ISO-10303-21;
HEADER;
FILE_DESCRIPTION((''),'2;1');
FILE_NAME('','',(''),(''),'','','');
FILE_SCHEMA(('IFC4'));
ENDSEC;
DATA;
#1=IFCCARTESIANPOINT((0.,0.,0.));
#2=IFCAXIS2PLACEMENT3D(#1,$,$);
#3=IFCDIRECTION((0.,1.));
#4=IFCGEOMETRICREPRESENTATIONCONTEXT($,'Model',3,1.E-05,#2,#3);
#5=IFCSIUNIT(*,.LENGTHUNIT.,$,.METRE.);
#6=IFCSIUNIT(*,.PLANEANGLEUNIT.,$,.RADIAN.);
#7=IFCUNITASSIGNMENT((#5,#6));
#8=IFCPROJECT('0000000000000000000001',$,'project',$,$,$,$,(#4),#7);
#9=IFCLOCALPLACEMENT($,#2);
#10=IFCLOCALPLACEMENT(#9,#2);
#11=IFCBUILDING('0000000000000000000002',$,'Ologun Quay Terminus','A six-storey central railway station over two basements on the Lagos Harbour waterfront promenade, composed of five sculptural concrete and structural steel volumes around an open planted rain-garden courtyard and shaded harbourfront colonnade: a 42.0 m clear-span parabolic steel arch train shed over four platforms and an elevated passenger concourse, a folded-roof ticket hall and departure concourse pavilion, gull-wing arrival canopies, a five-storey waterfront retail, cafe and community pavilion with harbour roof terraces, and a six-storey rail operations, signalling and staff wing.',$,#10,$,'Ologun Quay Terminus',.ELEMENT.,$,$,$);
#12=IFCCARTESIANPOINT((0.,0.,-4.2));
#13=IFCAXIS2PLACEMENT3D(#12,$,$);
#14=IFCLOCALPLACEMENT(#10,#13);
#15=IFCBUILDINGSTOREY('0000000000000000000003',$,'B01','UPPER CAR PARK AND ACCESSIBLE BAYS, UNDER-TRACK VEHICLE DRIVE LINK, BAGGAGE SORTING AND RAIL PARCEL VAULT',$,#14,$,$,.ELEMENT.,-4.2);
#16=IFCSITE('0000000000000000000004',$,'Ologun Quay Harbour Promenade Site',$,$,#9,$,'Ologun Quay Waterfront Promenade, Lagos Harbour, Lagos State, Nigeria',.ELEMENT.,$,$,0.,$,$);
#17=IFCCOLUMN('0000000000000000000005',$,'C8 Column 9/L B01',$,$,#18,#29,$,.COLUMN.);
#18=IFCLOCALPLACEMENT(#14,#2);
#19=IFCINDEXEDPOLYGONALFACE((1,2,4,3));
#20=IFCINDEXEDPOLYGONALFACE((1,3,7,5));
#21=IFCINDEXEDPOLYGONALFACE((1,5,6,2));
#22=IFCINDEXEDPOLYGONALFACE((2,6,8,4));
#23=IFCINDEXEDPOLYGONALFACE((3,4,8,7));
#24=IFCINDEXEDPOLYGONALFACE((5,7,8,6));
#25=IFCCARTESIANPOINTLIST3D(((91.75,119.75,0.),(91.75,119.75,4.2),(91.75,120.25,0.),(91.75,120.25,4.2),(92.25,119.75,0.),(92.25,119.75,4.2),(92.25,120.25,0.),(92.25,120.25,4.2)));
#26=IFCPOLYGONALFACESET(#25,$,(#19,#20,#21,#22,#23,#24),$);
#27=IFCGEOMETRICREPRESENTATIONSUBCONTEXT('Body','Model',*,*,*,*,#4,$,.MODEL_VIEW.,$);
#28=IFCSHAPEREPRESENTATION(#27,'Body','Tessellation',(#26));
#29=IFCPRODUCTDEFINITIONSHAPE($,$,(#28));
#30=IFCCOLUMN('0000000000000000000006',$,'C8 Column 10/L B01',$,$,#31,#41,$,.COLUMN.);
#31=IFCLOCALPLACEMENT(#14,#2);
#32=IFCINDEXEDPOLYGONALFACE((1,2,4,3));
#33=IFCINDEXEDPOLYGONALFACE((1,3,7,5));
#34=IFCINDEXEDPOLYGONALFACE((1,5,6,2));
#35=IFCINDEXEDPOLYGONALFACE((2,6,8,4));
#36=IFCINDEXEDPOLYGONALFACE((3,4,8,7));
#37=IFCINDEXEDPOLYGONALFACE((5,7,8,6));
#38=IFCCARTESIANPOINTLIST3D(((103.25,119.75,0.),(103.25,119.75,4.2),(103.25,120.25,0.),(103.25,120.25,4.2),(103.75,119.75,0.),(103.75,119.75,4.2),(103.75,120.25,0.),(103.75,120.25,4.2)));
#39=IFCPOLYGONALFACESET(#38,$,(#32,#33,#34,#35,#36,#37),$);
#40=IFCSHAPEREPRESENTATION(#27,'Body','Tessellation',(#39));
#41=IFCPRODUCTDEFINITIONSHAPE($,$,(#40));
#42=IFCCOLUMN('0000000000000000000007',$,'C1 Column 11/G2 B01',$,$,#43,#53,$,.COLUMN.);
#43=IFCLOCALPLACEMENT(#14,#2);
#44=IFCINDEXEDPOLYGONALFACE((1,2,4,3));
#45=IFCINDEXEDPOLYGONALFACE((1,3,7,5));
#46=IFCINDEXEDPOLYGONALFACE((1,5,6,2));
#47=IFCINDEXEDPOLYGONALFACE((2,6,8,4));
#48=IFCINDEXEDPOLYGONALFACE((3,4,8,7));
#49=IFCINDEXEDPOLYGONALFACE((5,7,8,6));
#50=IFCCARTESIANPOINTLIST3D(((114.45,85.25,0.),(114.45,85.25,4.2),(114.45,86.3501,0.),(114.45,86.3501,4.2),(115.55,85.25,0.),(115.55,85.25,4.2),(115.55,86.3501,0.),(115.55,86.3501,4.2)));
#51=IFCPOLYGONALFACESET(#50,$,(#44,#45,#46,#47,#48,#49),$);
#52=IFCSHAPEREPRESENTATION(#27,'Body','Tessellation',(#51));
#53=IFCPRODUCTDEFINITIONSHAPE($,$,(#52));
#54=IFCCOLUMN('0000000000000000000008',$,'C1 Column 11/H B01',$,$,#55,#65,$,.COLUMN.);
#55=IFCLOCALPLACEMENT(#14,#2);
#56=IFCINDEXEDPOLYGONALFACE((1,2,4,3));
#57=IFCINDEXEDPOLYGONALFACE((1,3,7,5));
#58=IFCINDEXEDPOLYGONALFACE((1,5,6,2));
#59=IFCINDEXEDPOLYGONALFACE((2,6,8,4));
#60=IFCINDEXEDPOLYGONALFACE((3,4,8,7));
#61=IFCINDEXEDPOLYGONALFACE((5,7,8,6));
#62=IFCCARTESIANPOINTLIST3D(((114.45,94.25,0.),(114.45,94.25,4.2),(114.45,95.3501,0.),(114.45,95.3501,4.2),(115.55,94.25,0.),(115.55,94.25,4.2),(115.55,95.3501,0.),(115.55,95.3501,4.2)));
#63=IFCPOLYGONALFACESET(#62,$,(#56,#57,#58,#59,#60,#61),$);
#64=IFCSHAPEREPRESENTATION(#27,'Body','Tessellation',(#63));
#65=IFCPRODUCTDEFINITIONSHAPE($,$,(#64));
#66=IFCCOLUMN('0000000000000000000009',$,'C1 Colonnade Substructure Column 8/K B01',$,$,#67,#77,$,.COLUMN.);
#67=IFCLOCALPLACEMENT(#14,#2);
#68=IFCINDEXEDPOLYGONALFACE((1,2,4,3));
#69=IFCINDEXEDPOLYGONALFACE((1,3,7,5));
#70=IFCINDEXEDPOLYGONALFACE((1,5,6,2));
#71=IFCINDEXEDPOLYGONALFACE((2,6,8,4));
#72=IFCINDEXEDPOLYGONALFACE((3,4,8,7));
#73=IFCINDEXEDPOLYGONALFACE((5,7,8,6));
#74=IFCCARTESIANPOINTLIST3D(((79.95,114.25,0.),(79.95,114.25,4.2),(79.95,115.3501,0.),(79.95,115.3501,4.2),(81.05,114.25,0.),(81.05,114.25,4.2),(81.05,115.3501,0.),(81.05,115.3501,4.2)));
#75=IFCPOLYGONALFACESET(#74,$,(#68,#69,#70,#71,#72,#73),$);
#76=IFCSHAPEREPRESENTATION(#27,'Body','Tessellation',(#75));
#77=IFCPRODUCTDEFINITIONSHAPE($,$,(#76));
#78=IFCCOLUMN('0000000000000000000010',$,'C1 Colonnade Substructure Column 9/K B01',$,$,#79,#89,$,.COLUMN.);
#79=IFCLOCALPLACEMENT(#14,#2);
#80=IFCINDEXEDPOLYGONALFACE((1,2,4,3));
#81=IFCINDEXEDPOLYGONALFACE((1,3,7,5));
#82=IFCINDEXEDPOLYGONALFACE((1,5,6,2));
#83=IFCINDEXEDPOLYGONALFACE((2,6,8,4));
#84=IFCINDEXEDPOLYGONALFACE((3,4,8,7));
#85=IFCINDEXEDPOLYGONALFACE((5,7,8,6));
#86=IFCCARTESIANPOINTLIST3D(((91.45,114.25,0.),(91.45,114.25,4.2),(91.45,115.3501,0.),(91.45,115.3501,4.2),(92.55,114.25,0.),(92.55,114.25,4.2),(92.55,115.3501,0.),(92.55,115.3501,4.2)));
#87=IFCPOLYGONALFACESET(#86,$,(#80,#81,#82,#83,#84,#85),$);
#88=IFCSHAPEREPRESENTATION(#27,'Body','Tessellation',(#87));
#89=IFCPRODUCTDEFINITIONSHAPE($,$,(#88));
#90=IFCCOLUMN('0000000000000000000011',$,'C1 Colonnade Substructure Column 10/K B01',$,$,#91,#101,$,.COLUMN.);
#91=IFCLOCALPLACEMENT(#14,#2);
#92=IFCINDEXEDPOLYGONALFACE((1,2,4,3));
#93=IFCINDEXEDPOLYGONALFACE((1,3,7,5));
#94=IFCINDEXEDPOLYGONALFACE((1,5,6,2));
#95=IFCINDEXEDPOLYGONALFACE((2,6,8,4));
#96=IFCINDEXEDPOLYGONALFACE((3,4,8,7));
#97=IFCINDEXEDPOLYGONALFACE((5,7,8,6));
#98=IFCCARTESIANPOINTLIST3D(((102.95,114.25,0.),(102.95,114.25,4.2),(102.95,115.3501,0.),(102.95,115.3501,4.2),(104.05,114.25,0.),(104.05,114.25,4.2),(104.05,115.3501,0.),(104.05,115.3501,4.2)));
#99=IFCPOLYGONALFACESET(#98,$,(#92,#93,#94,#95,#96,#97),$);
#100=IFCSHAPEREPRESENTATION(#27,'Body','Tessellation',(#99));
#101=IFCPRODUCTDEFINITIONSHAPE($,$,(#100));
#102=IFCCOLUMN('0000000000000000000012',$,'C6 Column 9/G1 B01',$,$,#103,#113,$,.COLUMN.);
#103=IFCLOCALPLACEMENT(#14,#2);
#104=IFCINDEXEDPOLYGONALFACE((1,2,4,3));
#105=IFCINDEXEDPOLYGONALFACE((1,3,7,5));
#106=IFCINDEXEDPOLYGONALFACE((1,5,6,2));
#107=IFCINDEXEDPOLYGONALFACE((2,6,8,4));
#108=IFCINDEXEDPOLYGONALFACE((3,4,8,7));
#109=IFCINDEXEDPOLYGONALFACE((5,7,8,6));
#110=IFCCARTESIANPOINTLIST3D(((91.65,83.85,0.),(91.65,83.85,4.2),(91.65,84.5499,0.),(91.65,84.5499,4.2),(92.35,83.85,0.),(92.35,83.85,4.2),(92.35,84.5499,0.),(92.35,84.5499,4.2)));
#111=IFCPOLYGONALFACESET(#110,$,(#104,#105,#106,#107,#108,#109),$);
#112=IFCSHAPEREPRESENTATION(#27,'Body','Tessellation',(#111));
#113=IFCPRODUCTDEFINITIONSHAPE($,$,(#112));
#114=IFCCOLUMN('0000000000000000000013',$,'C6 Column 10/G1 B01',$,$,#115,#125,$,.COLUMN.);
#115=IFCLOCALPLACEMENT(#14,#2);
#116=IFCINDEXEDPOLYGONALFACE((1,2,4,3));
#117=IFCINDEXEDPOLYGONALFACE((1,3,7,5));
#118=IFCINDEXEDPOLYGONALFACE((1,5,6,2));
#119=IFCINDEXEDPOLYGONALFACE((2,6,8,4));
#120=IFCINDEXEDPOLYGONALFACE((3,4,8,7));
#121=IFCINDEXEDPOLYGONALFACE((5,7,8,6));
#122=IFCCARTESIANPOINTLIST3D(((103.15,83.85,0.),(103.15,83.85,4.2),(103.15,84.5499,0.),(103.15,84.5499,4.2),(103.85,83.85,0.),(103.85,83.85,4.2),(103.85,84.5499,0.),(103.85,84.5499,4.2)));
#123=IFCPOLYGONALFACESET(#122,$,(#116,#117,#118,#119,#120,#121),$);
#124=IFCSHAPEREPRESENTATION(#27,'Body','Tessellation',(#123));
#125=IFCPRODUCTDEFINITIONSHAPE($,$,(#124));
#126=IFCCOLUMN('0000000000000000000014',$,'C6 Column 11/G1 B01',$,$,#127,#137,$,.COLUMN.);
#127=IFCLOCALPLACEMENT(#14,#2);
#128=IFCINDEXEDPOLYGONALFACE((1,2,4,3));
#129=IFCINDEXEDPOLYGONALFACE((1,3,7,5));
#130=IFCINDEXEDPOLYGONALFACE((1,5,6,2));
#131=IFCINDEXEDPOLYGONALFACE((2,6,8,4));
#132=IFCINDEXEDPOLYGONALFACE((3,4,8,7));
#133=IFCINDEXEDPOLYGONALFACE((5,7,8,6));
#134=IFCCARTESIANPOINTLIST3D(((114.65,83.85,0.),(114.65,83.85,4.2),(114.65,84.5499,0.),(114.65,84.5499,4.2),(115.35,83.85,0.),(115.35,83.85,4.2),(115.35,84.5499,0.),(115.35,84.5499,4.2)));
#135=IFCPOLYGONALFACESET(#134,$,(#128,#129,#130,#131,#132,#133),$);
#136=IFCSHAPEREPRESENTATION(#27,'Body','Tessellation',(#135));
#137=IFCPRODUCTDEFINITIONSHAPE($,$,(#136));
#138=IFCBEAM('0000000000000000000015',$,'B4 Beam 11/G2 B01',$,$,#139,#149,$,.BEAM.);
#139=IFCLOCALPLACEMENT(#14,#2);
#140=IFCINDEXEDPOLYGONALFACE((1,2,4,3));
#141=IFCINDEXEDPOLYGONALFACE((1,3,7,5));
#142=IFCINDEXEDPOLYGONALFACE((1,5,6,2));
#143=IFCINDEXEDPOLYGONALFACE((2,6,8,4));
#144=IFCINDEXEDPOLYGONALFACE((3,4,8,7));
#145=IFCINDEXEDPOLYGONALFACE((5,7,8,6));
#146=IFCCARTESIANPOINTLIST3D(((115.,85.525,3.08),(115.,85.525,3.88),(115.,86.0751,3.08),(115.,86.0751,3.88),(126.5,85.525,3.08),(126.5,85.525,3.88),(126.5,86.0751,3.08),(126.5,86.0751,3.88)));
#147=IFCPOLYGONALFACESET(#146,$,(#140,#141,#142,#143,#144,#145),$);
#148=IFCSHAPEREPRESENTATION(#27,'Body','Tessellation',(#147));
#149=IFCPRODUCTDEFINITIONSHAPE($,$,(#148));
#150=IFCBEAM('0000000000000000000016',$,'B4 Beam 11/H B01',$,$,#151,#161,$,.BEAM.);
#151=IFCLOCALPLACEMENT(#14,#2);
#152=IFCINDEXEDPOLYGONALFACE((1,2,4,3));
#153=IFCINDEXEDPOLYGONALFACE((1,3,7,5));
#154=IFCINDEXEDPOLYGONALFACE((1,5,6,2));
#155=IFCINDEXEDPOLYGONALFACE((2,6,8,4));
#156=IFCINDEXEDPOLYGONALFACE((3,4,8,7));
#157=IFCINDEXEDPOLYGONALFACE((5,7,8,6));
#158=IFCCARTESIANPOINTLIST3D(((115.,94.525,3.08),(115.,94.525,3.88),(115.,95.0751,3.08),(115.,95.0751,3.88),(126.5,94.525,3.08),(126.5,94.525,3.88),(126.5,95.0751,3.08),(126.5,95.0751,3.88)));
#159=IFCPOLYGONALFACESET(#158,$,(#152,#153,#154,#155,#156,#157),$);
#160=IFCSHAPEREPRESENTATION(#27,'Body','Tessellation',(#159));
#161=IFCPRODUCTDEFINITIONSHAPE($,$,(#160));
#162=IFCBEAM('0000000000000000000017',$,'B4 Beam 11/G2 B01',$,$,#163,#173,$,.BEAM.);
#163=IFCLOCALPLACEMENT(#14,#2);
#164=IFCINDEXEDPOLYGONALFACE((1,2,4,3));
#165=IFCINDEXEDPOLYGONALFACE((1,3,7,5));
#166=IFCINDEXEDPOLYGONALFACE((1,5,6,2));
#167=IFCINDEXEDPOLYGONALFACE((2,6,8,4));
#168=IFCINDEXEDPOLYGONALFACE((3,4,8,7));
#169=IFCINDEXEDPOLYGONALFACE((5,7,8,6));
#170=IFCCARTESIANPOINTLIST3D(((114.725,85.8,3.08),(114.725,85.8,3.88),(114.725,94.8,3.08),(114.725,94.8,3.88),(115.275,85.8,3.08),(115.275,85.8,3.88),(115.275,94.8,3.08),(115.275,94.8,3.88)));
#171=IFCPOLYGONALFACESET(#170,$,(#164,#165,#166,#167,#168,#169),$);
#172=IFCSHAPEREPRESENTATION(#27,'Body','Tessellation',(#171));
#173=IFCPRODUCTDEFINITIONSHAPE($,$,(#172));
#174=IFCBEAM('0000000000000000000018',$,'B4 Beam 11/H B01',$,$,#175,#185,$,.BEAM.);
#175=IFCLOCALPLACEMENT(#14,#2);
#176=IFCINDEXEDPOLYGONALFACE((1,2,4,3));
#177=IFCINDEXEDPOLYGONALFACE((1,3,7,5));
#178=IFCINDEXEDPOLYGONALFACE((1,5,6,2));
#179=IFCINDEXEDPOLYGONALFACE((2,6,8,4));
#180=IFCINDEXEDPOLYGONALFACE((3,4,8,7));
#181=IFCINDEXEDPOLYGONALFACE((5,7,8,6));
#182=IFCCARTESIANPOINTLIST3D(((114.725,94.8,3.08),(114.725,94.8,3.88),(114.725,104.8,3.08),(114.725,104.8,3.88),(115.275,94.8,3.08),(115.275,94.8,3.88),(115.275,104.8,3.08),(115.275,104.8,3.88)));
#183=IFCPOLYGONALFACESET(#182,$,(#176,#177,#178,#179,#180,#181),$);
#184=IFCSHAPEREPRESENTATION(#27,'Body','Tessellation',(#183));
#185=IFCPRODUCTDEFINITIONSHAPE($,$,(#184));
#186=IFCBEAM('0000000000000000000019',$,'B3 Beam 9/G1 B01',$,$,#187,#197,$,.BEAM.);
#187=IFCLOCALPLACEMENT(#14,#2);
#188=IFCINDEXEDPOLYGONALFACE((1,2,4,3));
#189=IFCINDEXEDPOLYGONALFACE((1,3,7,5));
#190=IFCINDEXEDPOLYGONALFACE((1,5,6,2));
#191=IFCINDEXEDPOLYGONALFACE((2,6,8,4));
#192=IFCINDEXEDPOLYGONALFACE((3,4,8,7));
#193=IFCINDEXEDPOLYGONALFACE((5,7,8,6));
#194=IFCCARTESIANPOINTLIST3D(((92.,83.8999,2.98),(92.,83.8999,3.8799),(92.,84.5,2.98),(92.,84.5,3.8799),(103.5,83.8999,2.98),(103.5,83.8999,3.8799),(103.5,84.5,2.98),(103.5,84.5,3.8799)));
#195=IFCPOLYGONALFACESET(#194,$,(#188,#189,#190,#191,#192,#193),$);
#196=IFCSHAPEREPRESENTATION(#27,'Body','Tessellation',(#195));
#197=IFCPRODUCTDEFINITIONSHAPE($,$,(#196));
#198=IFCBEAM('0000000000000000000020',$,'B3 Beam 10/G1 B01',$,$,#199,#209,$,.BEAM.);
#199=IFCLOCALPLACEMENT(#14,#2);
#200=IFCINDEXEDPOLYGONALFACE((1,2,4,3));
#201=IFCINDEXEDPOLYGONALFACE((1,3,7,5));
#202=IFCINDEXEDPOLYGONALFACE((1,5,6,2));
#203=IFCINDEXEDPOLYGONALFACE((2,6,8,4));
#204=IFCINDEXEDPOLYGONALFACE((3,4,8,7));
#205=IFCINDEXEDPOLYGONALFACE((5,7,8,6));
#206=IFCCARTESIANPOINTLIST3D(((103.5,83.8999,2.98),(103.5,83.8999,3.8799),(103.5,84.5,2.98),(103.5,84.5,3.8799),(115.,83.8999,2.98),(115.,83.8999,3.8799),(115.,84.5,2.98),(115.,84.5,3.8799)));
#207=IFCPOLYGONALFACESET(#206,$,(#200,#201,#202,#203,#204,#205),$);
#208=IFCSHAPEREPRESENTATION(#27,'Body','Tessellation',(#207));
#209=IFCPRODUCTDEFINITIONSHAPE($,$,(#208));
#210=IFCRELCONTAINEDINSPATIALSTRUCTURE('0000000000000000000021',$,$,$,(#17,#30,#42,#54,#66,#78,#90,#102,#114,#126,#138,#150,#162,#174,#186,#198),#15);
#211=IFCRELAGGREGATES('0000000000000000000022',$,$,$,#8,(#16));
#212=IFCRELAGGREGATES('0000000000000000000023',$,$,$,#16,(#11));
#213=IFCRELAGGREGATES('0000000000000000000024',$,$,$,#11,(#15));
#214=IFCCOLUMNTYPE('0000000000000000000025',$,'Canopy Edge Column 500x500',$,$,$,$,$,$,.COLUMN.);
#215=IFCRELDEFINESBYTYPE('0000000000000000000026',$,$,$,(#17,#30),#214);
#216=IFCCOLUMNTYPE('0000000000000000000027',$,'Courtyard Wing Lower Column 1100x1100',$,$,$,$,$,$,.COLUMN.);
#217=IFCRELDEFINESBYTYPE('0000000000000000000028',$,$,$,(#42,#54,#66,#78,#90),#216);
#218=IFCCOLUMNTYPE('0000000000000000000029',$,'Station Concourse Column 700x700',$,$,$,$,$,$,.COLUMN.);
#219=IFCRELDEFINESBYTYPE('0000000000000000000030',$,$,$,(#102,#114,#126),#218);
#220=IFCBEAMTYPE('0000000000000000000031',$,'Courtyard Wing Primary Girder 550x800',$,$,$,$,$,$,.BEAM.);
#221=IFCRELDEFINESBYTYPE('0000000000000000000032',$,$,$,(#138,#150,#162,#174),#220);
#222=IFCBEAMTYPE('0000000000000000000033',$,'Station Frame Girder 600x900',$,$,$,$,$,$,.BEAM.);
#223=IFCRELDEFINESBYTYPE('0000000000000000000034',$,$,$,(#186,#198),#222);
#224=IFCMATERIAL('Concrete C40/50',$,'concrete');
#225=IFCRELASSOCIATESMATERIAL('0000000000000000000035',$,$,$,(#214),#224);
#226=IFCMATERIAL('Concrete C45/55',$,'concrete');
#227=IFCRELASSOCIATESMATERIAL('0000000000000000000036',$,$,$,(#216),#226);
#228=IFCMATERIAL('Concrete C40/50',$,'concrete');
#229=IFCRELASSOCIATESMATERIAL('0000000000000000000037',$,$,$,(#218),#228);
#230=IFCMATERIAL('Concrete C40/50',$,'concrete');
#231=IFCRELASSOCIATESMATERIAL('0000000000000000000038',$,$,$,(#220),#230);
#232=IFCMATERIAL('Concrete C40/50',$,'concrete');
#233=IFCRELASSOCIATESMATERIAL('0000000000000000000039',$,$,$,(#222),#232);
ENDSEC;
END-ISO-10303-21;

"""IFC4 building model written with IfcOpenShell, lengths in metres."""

from ifc_helpers import new_model, si_unit, direction, frame, origin, origin_2d, place, context, subcontext, project, spatial, rectangle, extrude, material, material_profile, profile_set, type_object, element, save


model = new_model("IFC4")

# Units and contexts
model_context = context("Model", 3, precision=1e-05, world=origin(), true_north=direction((0.0, 1.0)))
body_context = subcontext(model_context, "Body", "Model", "MODEL_VIEW")
ifc_project = project(units=[si_unit("LENGTHUNIT", "METRE"), si_unit("PLANEANGLEUNIT", "RADIAN")], contexts=[model_context])

# Site, building, storey
site_placement = place(None, origin())
site = spatial("IfcSite", under=ifc_project, at=site_placement, Name="Ologun Quay Harbour Promenade Site", LongName="Ologun Quay Waterfront Promenade, Lagos Harbour, Lagos State, Nigeria", CompositionType="ELEMENT", RefElevation=0.0)
building_placement = place(site_placement, origin())
building = spatial("IfcBuilding", under=site, at=building_placement, Name="Ologun Quay Terminus", Description="A six-storey central railway station over two basements on the Lagos Harbour waterfront promenade, composed of five sculptural concrete and structural steel volumes around an open planted rain-garden courtyard and shaded harbourfront colonnade: a 42.0 m clear-span parabolic steel arch train shed over four platforms and an elevated passenger concourse, a folded-roof ticket hall and departure concourse pavilion, gull-wing arrival canopies, a five-storey waterfront retail, cafe and community pavilion with harbour roof terraces, and a six-storey rail operations, signalling and staff wing.", LongName="Ologun Quay Terminus", CompositionType="ELEMENT")
storey_placement = place(building_placement, frame((0.0, 0.0, -4.2)))
storey = spatial("IfcBuildingStorey", under=building, at=storey_placement, Name="B01", Description="UPPER CAR PARK AND ACCESSIBLE BAYS, UNDER-TRACK VEHICLE DRIVE LINK, BAGGAGE SORTING AND RAIL PARCEL VAULT", CompositionType="ELEMENT", Elevation=-4.2)

# Columns
ifc_material_1 = material(Name="Concrete C40/50", Category="concrete")
ifc_material_profile_1 = material_profile(ifc_material_1, rectangle(XDim=0.5, YDim=0.5, at=origin_2d()), Name="RC 500x500")
ifc_profile_set_1 = profile_set([ifc_material_profile_1], Name="Concrete C40/50")
column_type_1 = type_object("IfcColumnType", Name="Canopy Edge Column 500x500", PredefinedType="COLUMN", material=ifc_profile_set_1)
for number, where, z_axis, x_axis, name in (
    (1, (92.0, 120.0, 0.0), (0.0, 0.0, 1.0), (1.0, 0.0, 0.0), "C8 Column 9/L B01"),
    (2, (103.5, 120.0, 0.0), (0.0, 0.0, 1.0), (1.0, 0.0, 0.0), "C8 Column 10/L B01"),
):
    element("IfcColumn", number, at=place(storey_placement, frame(where, z_axis=z_axis, x_axis=x_axis)), inside=storey, type_object=column_type_1, Name=name, PredefinedType="COLUMN", context=body_context, shape_type="SweptSolid", body=[
        extrude(rectangle(XDim=0.5, YDim=0.5, at=origin_2d()), origin(), (0.0, 0.0, 1.0), 4.2),
    ])
ifc_material_2 = material(Name="Concrete C45/55", Category="concrete")
ifc_material_profile_2 = material_profile(ifc_material_2, rectangle(XDim=1.1001, YDim=1.1001, at=origin_2d()), Name="RC 1100x1100")
ifc_profile_set_2 = profile_set([ifc_material_profile_2], Name="Concrete C45/55")
column_type_2 = type_object("IfcColumnType", Name="Courtyard Wing Lower Column 1100x1100", PredefinedType="COLUMN", material=ifc_profile_set_2)
for number, where, z_axis, x_axis, name in (
    (3, (115.0, 85.8, 0.0), (0.0, 0.0, 1.0), (1.0, 0.0, 0.0), "C1 Column 11/G2 B01"),
    (4, (115.0, 94.8, 0.0), (0.0, 0.0, 1.0), (1.0, 0.0, 0.0), "C1 Column 11/H B01"),
    (5, (80.5, 114.8, 0.0), (0.0, 0.0, 1.0), (1.0, 0.0, 0.0), "C1 Colonnade Substructure Column 8/K B01"),
    (6, (92.0, 114.8, 0.0), (0.0, 0.0, 1.0), (1.0, 0.0, 0.0), "C1 Colonnade Substructure Column 9/K B01"),
    (7, (103.5, 114.8, 0.0), (0.0, 0.0, 1.0), (1.0, 0.0, 0.0), "C1 Colonnade Substructure Column 10/K B01"),
):
    element("IfcColumn", number, at=place(storey_placement, frame(where, z_axis=z_axis, x_axis=x_axis)), inside=storey, type_object=column_type_2, Name=name, PredefinedType="COLUMN", context=body_context, shape_type="SweptSolid", body=[
        extrude(rectangle(XDim=1.1001, YDim=1.1001, at=origin_2d()), origin(), (0.0, 0.0, 1.0), 4.2),
    ])
ifc_material_3 = material(Name="Concrete C40/50", Category="concrete")
ifc_material_profile_3 = material_profile(ifc_material_3, rectangle(XDim=0.7, YDim=0.7, at=origin_2d()), Name="RC 700x700")
ifc_profile_set_3 = profile_set([ifc_material_profile_3], Name="Concrete C40/50")
column_type_3 = type_object("IfcColumnType", Name="Station Concourse Column 700x700", PredefinedType="COLUMN", material=ifc_profile_set_3)
for number, where, z_axis, x_axis, name in (
    (8, (92.0, 84.2, 0.0), (0.0, 0.0, 1.0), (1.0, 0.0, 0.0), "C6 Column 9/G1 B01"),
    (9, (103.5, 84.2, 0.0), (0.0, 0.0, 1.0), (1.0, 0.0, 0.0), "C6 Column 10/G1 B01"),
    (10, (115.0, 84.2, 0.0), (0.0, 0.0, 1.0), (1.0, 0.0, 0.0), "C6 Column 11/G1 B01"),
):
    element("IfcColumn", number, at=place(storey_placement, frame(where, z_axis=z_axis, x_axis=x_axis)), inside=storey, type_object=column_type_3, Name=name, PredefinedType="COLUMN", context=body_context, shape_type="SweptSolid", body=[
        extrude(rectangle(XDim=0.7, YDim=0.7, at=origin_2d()), origin(), (0.0, 0.0, 1.0), 4.2),
    ])

# Beams
ifc_material_4 = material(Name="Concrete C40/50", Category="concrete")
ifc_material_profile_4 = material_profile(ifc_material_4, rectangle(XDim=0.55, YDim=0.8, at=origin_2d()), Name="RC 550x800")
ifc_profile_set_4 = profile_set([ifc_material_profile_4], Name="Concrete C40/50")
beam_type_1 = type_object("IfcBeamType", Name="Courtyard Wing Primary Girder 550x800", PredefinedType="BEAM", material=ifc_profile_set_4)
for number, where, z_axis, x_axis, name in (
    (11, (115.0, 85.8, 3.48), (1.0, 0.0, 0.0), (0.0, 1.0, 0.0), "B4 Beam 11/G2 B01"),
    (12, (115.0, 94.8, 3.48), (1.0, 0.0, 0.0), (0.0, 1.0, 0.0), "B4 Beam 11/H B01"),
):
    element("IfcBeam", number, at=place(storey_placement, frame(where, z_axis=z_axis, x_axis=x_axis)), inside=storey, type_object=beam_type_1, Name=name, PredefinedType="BEAM", context=body_context, shape_type="SweptSolid", body=[
        extrude(rectangle(XDim=0.55, YDim=0.8, at=origin_2d()), origin(), (0.0, 0.0, 1.0), 11.5),
    ])
beam_1_placement = place(storey_placement, frame((115.0, 85.8, 3.48), z_axis=(0.0, 1.0, 0.0), x_axis=(-1.0, 0.0, 0.0)))
element("IfcBeam", 13, at=beam_1_placement, inside=storey, type_object=beam_type_1, Name="B4 Beam 11/G2 B01", PredefinedType="BEAM", context=body_context, shape_type="SweptSolid", body=[
    extrude(rectangle(XDim=0.55, YDim=0.8, at=origin_2d()), origin(), (0.0, 0.0, 1.0), 9.0),
])
beam_2_placement = place(storey_placement, frame((115.0, 94.8, 3.48), z_axis=(0.0, 1.0, 0.0), x_axis=(-1.0, 0.0, 0.0)))
element("IfcBeam", 14, at=beam_2_placement, inside=storey, type_object=beam_type_1, Name="B4 Beam 11/H B01", PredefinedType="BEAM", context=body_context, shape_type="SweptSolid", body=[
    extrude(rectangle(XDim=0.55, YDim=0.8, at=origin_2d()), origin(), (0.0, 0.0, 1.0), 10.0),
])
ifc_material_5 = material(Name="Concrete C40/50", Category="concrete")
ifc_material_profile_5 = material_profile(ifc_material_5, rectangle(XDim=0.6001, YDim=0.8999, at=origin_2d()), Name="RC 600x900")
ifc_profile_set_5 = profile_set([ifc_material_profile_5], Name="Concrete C40/50")
beam_type_2 = type_object("IfcBeamType", Name="Station Frame Girder 600x900", PredefinedType="BEAM", material=ifc_profile_set_5)
for number, where, z_axis, x_axis, name in (
    (15, (92.0, 84.2, 3.4299), (1.0, 0.0, 0.0), (0.0, 1.0, 0.0), "B3 Beam 9/G1 B01"),
    (16, (103.5, 84.2, 3.4299), (1.0, 0.0, 0.0), (0.0, 1.0, 0.0), "B3 Beam 10/G1 B01"),
):
    element("IfcBeam", number, at=place(storey_placement, frame(where, z_axis=z_axis, x_axis=x_axis)), inside=storey, type_object=beam_type_2, Name=name, PredefinedType="BEAM", context=body_context, shape_type="SweptSolid", body=[
        extrude(rectangle(XDim=0.6001, YDim=0.8999, at=origin_2d()), origin(), (0.0, 0.0, 1.0), 11.5),
    ])

save(model, "model.ifc")
